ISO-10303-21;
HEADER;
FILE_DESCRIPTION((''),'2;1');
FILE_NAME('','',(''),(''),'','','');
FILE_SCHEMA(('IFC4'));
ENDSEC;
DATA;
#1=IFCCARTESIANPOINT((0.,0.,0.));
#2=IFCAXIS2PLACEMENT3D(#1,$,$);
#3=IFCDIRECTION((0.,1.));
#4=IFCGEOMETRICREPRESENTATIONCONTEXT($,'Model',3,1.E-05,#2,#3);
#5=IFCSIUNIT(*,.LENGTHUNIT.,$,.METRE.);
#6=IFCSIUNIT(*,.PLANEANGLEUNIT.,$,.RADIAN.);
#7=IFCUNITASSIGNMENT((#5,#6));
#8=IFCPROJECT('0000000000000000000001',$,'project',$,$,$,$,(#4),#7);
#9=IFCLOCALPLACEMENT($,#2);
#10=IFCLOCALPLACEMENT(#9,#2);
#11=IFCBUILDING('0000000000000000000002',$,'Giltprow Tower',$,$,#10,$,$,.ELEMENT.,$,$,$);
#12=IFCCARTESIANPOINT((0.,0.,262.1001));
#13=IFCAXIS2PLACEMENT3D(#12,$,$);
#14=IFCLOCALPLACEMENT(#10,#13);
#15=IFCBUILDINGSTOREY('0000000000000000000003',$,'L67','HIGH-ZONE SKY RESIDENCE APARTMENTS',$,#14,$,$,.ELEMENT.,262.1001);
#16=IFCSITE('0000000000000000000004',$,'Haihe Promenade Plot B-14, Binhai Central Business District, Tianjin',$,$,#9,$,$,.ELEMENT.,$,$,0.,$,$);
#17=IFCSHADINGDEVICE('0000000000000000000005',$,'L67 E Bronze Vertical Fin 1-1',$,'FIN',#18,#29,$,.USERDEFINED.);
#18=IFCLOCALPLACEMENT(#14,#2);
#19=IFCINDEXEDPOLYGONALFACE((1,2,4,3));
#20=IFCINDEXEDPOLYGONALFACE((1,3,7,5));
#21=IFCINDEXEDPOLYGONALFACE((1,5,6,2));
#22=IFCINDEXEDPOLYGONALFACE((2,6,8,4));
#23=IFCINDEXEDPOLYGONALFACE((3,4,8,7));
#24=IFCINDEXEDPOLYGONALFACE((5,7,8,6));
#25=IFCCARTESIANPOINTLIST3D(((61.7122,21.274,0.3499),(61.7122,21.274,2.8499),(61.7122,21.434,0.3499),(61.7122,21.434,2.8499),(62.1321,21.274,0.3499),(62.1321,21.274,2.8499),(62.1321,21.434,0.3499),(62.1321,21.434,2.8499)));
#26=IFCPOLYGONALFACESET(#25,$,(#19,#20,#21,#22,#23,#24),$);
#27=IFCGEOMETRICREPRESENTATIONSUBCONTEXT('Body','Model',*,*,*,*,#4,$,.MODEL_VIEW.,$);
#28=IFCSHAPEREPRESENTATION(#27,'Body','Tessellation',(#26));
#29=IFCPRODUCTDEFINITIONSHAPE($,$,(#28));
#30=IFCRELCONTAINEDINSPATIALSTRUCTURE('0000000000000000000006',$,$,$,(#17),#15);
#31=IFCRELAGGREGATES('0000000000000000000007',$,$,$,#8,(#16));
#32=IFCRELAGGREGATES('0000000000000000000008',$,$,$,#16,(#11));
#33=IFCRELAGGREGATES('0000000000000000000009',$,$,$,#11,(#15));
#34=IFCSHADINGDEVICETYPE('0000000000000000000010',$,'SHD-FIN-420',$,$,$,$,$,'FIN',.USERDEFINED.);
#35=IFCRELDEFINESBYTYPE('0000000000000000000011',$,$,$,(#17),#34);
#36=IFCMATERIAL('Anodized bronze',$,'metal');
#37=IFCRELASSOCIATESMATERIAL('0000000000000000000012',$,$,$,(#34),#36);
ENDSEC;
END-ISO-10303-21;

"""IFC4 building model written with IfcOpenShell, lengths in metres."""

from ifc_helpers import new_model, si_unit, direction, frame, origin, origin_2d, place, context, subcontext, project, spatial, rectangle, extrude, source, transform, mapped, material, type_object, element, save


model = new_model("IFC4")

# Units and contexts
model_context = context("Model", 3, precision=1e-05, world=origin(), true_north=direction((0.0, 1.0)))
body_context = subcontext(model_context, "Body", "Model", "MODEL_VIEW")
ifc_project = project(units=[si_unit("LENGTHUNIT", "METRE"), si_unit("PLANEANGLEUNIT", "RADIAN")], contexts=[model_context])

# Site, building, storey
site_placement = place(None, origin())
site = spatial("IfcSite", under=ifc_project, at=site_placement, Name="Haihe Promenade Plot B-14, Binhai Central Business District, Tianjin", CompositionType="ELEMENT", RefElevation=0.0)
building_placement = place(site_placement, origin())
building = spatial("IfcBuilding", under=site, at=building_placement, Name="Giltprow Tower", CompositionType="ELEMENT")
storey_placement = place(building_placement, frame((0.0, 0.0, 262.1001)))
storey = spatial("IfcBuildingStorey", under=building, at=storey_placement, Name="L67", Description="HIGH-ZONE SKY RESIDENCE APARTMENTS", CompositionType="ELEMENT", Elevation=262.1001)

# Shared definitions
ifc_material_1 = material(Name="Anodized bronze", Category="metal")

# Shading device
shading_device_type = type_object("IfcShadingDeviceType", Name="SHD-FIN-420", ElementType="FIN", PredefinedType="USERDEFINED", material=ifc_material_1)
shared_shape_1 = source(origin(), body_context, "Body", "SweptSolid", [
    extrude(rectangle(XDim=0.4199, YDim=0.1599, at=origin_2d()), origin(), (0.0, 0.0, 1.0), 2.5),
])
shading_device_placement = place(storey_placement, frame((61.9221, 21.354, 0.3499), z_axis=(0.0, 0.0, 1.0), x_axis=(1.0, 0.0, 0.0)))
element("IfcShadingDevice", 1, at=shading_device_placement, inside=storey, type_object=shading_device_type, Name="L67 E Bronze Vertical Fin 1-1", ObjectType="FIN", PredefinedType="USERDEFINED", context=body_context, shape_type="MappedRepresentation", body=[
    mapped(shared_shape_1, transform((0.0, 0.0, 0.0), x_axis=(1.0, 0.0, 0.0), y_axis=(0.0, 1.0, 0.0), z_axis=(0.0, 0.0, 1.0), scale=1.0)),
])

save(model, "model.ifc")
